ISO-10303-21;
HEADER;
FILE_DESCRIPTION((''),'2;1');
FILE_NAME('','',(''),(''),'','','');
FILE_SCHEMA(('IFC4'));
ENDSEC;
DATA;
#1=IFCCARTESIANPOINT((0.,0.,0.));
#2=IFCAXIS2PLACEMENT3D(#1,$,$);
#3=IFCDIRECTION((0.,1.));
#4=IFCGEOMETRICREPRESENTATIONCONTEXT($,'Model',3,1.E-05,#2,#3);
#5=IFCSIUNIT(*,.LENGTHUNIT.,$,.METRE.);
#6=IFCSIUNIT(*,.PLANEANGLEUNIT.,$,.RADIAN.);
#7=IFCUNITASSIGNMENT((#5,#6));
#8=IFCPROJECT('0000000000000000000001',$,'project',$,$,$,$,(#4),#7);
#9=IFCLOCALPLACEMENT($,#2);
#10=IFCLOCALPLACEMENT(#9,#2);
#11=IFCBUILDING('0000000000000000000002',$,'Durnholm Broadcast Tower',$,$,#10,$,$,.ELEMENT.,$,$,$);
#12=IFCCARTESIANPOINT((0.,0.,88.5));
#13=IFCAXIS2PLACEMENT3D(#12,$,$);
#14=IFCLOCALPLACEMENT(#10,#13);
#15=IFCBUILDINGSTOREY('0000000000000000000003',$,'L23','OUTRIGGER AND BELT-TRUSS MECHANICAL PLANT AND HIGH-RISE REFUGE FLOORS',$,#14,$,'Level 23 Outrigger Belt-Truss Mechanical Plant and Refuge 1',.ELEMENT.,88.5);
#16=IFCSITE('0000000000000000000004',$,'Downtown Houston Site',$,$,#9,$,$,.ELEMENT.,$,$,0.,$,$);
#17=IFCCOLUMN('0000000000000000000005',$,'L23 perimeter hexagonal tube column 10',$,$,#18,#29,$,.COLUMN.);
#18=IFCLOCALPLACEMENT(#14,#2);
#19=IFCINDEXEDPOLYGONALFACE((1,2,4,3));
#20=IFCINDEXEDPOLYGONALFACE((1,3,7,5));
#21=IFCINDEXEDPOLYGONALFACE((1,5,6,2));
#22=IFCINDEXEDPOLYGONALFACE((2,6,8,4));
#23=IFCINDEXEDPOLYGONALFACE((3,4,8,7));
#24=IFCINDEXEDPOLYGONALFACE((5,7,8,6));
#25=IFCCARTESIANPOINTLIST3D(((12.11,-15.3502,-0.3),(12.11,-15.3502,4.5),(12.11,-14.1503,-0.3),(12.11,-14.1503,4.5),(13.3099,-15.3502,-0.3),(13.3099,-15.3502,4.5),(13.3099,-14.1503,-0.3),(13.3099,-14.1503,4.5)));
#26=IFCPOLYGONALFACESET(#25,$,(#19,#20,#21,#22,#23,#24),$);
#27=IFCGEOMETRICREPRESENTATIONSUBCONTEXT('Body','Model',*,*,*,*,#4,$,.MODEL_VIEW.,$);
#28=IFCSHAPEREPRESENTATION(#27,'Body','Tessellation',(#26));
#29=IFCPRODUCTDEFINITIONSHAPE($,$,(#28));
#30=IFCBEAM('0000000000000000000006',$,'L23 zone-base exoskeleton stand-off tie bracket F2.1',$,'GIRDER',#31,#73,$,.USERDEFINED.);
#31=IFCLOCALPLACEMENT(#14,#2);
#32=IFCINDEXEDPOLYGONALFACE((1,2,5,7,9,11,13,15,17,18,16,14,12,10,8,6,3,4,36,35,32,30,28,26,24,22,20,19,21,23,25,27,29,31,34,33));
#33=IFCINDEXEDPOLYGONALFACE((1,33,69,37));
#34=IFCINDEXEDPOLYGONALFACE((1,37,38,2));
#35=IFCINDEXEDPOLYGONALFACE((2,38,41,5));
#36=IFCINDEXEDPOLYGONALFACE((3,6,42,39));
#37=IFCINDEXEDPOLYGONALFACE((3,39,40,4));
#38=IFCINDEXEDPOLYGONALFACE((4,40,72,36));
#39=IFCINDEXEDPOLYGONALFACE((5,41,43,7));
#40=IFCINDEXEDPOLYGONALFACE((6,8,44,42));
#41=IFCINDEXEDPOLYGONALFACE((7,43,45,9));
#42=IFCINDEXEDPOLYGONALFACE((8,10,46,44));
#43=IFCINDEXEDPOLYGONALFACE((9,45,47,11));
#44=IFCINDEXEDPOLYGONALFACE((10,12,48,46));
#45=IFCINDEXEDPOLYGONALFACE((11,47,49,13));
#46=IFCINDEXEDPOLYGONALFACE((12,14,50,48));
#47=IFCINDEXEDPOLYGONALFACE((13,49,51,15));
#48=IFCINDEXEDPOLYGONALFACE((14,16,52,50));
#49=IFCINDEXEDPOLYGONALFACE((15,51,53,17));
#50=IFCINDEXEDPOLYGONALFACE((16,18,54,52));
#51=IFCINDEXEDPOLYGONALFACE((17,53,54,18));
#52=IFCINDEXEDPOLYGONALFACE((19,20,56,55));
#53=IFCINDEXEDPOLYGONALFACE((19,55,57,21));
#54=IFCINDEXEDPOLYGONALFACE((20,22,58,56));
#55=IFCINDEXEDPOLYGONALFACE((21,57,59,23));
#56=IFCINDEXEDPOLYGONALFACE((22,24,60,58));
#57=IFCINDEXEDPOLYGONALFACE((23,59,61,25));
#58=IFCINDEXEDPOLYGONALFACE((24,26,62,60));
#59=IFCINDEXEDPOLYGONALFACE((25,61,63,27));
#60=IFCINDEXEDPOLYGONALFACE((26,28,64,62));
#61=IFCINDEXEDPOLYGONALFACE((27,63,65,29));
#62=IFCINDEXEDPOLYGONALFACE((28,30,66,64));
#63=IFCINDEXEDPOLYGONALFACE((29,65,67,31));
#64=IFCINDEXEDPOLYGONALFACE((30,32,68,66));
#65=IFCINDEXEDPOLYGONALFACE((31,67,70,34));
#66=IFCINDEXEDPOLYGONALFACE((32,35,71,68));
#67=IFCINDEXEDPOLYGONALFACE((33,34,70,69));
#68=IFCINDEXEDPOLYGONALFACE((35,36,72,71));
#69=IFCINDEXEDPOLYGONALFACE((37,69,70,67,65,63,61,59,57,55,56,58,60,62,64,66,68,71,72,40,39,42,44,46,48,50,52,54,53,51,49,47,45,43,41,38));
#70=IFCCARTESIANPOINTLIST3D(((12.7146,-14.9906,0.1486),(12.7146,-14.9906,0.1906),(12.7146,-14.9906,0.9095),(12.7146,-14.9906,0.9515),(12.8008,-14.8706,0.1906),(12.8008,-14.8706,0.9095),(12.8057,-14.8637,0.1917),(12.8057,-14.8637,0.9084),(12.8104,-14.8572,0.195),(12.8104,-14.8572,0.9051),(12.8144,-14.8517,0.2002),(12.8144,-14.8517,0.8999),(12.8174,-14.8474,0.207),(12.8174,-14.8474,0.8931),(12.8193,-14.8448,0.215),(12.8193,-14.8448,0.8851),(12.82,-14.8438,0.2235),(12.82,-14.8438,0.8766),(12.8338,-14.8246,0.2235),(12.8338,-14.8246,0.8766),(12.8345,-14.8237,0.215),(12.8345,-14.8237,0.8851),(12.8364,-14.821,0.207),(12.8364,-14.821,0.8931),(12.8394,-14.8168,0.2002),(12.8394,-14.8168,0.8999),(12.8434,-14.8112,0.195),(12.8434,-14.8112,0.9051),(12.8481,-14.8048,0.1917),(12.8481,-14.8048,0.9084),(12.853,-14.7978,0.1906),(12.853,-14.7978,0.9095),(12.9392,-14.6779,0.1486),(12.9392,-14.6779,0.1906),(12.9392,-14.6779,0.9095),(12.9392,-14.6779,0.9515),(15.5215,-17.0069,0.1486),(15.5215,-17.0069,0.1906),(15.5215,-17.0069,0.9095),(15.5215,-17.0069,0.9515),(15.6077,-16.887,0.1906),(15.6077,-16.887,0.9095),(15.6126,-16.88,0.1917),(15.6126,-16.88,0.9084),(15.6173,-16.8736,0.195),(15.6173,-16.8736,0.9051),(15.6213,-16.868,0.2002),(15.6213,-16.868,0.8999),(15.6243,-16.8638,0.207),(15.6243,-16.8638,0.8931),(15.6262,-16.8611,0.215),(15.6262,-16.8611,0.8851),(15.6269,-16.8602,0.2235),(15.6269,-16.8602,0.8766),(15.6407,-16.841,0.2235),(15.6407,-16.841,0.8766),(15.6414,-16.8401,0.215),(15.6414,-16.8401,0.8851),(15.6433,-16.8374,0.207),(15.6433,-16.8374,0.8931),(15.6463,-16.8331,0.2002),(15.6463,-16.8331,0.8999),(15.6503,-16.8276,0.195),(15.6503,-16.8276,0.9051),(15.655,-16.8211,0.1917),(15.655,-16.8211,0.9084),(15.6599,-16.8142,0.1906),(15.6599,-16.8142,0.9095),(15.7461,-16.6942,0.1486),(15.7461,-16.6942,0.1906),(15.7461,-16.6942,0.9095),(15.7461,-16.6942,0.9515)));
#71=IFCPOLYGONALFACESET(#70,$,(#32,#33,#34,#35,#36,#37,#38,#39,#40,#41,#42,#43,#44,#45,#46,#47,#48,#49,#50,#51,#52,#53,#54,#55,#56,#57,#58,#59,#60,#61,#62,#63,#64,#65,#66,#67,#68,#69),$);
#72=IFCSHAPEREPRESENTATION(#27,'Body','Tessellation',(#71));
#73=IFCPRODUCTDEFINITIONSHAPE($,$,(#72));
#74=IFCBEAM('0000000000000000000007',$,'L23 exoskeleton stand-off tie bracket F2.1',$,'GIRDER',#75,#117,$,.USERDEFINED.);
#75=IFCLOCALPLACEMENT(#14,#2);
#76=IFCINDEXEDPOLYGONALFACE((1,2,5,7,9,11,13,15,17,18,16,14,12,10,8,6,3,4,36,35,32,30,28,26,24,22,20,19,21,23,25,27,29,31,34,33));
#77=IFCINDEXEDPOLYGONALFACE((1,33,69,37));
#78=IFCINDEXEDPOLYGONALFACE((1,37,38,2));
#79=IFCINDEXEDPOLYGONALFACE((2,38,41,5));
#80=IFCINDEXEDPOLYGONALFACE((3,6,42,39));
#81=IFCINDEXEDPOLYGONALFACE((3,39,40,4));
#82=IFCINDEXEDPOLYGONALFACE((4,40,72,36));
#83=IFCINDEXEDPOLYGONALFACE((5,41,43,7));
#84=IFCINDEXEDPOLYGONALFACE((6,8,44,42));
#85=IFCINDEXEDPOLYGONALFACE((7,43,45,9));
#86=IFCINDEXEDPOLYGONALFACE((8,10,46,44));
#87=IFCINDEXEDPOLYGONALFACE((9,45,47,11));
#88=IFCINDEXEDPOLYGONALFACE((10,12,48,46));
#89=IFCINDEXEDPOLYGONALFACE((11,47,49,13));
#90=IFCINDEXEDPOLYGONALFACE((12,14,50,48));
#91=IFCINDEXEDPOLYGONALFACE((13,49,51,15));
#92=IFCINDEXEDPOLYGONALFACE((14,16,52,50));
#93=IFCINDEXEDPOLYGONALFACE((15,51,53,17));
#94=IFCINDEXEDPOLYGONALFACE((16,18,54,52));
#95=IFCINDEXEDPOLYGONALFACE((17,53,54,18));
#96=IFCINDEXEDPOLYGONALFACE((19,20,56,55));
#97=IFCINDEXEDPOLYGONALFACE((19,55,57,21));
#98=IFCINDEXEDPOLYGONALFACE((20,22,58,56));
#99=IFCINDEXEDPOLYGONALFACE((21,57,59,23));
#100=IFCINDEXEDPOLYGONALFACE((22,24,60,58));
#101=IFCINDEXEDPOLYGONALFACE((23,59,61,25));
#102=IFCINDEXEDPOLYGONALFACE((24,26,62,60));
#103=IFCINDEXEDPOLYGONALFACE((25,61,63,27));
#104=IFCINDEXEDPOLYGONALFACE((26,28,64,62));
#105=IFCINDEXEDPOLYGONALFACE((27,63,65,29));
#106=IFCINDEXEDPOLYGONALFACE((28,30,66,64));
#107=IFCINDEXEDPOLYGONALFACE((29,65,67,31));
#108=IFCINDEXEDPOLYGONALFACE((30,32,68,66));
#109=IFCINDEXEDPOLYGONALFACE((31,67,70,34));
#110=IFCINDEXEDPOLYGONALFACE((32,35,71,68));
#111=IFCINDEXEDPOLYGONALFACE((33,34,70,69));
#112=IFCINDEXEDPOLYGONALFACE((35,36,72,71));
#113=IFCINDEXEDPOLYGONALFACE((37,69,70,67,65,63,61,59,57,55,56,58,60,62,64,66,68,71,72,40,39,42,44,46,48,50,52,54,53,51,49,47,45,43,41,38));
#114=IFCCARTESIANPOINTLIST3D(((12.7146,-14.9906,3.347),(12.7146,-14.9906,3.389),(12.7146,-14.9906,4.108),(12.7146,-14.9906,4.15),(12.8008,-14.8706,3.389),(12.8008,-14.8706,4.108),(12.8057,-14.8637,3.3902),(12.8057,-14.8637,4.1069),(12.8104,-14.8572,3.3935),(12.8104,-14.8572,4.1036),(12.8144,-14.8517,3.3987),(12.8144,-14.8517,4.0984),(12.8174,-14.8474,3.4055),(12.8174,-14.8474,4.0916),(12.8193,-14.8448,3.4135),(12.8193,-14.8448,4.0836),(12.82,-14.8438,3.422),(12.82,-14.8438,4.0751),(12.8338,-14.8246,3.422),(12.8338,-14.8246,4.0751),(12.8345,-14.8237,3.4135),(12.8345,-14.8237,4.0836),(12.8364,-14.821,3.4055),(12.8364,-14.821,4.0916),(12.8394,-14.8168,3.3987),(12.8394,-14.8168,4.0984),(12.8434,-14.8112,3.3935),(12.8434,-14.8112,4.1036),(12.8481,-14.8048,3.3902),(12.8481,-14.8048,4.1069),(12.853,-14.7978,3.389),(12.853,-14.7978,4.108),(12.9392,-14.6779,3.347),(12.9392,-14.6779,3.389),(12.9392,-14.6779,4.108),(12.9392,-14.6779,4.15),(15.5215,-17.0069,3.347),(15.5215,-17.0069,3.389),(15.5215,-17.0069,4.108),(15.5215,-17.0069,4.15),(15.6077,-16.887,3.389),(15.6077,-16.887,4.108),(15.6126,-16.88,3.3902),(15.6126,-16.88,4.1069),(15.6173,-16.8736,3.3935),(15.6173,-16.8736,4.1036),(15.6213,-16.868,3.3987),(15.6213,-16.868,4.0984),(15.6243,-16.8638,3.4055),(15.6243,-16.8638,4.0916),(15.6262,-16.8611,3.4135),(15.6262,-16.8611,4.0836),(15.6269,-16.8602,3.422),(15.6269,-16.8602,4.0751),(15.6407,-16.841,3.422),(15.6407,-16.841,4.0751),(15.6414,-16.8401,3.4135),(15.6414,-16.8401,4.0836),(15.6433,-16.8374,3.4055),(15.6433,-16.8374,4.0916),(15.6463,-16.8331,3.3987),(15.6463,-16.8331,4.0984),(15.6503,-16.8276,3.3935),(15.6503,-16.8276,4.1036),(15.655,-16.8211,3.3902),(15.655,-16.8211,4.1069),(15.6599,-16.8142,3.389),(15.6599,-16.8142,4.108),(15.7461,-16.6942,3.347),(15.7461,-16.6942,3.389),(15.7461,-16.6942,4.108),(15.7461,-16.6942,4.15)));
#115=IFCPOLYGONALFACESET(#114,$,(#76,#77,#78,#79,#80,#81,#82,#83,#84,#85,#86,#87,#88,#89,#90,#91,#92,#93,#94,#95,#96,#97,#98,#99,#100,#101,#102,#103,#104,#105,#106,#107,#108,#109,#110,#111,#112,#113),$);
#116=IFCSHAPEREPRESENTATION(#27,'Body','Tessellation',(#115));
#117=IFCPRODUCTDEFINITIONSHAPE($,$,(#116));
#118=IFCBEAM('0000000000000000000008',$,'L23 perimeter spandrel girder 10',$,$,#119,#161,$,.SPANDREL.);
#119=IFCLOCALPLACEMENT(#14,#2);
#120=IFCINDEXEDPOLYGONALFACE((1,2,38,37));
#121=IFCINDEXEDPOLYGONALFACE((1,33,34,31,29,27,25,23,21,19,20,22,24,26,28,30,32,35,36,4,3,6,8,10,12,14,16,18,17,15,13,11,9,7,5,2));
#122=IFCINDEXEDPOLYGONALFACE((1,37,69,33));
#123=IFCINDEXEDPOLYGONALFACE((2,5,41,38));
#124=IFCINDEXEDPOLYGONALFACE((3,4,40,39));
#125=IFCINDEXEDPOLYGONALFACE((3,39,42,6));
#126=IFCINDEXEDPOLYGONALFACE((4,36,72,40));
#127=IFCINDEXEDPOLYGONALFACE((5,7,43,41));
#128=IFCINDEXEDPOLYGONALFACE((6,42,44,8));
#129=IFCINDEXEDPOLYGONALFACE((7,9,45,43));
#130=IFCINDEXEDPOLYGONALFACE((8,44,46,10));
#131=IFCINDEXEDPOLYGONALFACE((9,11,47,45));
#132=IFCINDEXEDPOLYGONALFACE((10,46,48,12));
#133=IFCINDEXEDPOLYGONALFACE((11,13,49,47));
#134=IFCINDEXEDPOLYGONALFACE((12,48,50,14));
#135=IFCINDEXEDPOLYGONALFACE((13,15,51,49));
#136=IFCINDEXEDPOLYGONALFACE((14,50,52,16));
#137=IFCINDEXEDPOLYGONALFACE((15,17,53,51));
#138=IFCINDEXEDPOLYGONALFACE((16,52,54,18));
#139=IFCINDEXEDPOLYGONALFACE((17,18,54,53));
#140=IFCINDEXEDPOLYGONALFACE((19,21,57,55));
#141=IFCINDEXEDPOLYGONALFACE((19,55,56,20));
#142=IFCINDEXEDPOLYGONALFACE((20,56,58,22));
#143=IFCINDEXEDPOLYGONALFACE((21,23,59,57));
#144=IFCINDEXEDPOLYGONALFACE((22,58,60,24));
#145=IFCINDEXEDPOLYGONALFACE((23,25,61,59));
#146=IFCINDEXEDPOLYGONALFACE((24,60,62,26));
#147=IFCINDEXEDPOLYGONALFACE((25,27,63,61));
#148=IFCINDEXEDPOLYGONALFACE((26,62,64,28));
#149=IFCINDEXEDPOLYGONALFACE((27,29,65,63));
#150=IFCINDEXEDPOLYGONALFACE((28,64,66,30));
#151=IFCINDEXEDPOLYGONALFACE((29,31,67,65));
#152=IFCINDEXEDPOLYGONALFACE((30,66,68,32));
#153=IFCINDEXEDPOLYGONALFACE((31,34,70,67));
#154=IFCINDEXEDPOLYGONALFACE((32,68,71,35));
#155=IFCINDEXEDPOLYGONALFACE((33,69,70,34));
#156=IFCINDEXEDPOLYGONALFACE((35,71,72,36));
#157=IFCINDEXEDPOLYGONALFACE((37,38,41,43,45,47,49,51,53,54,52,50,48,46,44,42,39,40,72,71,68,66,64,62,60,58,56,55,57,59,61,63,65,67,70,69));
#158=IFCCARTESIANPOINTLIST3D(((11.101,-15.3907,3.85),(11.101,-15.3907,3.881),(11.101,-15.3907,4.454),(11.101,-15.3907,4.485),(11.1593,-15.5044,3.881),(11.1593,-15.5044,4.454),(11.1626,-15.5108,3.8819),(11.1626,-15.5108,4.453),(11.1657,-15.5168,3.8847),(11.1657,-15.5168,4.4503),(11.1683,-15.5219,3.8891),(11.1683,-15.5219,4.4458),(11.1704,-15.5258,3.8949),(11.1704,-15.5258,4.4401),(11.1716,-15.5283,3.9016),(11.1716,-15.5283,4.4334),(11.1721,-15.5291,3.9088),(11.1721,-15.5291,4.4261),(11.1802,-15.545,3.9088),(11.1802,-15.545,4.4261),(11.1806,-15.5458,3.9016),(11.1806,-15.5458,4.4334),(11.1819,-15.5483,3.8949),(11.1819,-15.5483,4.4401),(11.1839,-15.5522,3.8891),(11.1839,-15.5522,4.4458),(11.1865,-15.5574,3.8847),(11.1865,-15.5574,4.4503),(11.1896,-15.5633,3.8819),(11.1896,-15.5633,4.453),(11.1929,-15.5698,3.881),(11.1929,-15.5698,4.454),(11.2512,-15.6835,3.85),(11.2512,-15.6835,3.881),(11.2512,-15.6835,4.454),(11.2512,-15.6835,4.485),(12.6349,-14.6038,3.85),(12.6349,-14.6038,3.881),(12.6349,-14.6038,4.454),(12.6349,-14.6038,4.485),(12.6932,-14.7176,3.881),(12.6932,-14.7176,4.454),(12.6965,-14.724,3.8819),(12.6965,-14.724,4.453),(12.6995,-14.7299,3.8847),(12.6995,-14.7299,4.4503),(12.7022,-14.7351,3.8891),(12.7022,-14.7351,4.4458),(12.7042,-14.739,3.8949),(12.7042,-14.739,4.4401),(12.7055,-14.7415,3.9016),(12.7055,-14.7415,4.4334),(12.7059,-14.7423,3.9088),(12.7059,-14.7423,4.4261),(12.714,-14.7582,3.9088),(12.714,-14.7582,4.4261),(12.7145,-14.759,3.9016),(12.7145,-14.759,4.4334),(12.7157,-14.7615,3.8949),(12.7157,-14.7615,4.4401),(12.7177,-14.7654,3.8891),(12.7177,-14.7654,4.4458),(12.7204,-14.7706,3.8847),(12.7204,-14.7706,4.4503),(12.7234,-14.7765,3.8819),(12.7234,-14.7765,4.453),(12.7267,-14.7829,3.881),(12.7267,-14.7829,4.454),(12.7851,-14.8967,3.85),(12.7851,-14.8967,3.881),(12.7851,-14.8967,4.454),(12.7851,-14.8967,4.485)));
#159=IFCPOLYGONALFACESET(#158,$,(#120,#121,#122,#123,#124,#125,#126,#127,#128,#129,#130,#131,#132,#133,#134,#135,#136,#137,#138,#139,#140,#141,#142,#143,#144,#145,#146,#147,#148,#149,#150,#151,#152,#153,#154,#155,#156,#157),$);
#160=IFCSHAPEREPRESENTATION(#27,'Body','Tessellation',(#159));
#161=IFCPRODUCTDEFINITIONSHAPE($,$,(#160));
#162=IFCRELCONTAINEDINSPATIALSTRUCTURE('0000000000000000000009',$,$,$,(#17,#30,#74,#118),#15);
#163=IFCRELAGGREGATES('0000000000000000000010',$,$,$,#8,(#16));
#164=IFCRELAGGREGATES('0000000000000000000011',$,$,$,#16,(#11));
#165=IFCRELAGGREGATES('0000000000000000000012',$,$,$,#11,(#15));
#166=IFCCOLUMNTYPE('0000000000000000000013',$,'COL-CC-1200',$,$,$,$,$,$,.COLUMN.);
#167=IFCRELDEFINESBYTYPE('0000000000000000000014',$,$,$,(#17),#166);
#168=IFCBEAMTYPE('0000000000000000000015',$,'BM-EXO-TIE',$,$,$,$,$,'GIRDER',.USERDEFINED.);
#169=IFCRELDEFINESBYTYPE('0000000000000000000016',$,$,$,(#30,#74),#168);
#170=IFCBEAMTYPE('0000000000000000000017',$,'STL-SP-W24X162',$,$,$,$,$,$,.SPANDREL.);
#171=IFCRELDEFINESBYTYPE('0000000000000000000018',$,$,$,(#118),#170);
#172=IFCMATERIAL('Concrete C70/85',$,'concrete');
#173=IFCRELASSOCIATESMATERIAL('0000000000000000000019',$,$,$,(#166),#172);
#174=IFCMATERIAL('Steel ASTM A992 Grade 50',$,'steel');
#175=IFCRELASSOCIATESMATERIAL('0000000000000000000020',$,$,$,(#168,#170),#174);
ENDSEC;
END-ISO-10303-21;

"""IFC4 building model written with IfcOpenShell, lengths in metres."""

from ifc_helpers import new_model, si_unit, direction, frame, origin, origin_2d, place, context, subcontext, project, spatial, rectangle, i_section, extrude, source, transform, mapped, material, material_profile, profile_set, type_object, type_shapes, element, save


model = new_model("IFC4")

# Units and contexts
model_context = context("Model", 3, precision=1e-05, world=origin(), true_north=direction((0.0, 1.0)))
body_context = subcontext(model_context, "Body", "Model", "MODEL_VIEW")
ifc_project = project(units=[si_unit("LENGTHUNIT", "METRE"), si_unit("PLANEANGLEUNIT", "RADIAN")], contexts=[model_context])

# Site, building, storey
site_placement = place(None, origin())
site = spatial("IfcSite", under=ifc_project, at=site_placement, Name="Downtown Houston Site", CompositionType="ELEMENT", RefElevation=0.0)
building_placement = place(site_placement, origin())
building = spatial("IfcBuilding", under=site, at=building_placement, Name="Durnholm Broadcast Tower", CompositionType="ELEMENT")
storey_placement = place(building_placement, frame((0.0, 0.0, 88.5)))
storey = spatial("IfcBuildingStorey", under=building, at=storey_placement, Name="L23", Description="OUTRIGGER AND BELT-TRUSS MECHANICAL PLANT AND HIGH-RISE REFUGE FLOORS", LongName="Level 23 Outrigger Belt-Truss Mechanical Plant and Refuge 1", CompositionType="ELEMENT", Elevation=88.5)

# Column
ifc_material_1 = material(Name="Concrete C70/85", Category="concrete")
ifc_material_profile_1 = material_profile(ifc_material_1, rectangle(XDim=1.2, YDim=1.2, at=origin_2d()), Name="RC1200X1200")
ifc_profile_set_1 = profile_set([ifc_material_profile_1], Name="Concrete C70/85")
column_type = type_object("IfcColumnType", Name="COL-CC-1200", PredefinedType="COLUMN", material=ifc_profile_set_1)
shared_shape_1 = source(origin(), body_context, "Body", "SweptSolid", [
    extrude(rectangle(XDim=1.2, YDim=1.2, at=origin_2d()), origin(), (0.0, 0.0, 1.0), 4.8),
])
type_shapes(column_type, [shared_shape_1])
column_placement = place(storey_placement, frame((12.71, -14.7502, -0.3), z_axis=(0.0, 0.0, 1.0), x_axis=(1.0, 0.0, 0.0)))
element("IfcColumn", 1, at=column_placement, inside=storey, type_object=column_type, Name="L23 perimeter hexagonal tube column 10", PredefinedType="COLUMN", context=body_context, shape_type="MappedRepresentation", body=[
    mapped(shared_shape_1, transform((0.0, 0.0, 0.0), x_axis=(1.0, 0.0, 0.0), y_axis=(0.0, 1.0, 0.0), z_axis=(0.0, 0.0, 1.0), scale=1.0)),
])

# Beams
ifc_material_2 = material(Name="Steel ASTM A992 Grade 50", Category="steel")
ifc_material_profile_2 = material_profile(ifc_material_2, i_section(OverallWidth=0.385, OverallDepth=0.803, WebThickness=0.0237, FlangeThickness=0.042, FilletRadius=0.033, at=origin_2d()), Name="W30X261")
ifc_profile_set_2 = profile_set([ifc_material_profile_2], Name="Steel ASTM A992 Grade 50")
beam_type_1 = type_object("IfcBeamType", Name="BM-EXO-TIE", ElementType="GIRDER", PredefinedType="USERDEFINED", material=ifc_profile_set_2)
shared_shape_2 = source(origin(), body_context, "Body", "SweptSolid", [
    extrude(i_section(OverallWidth=0.385, OverallDepth=0.803, WebThickness=0.0237, FlangeThickness=0.042, FilletRadius=0.033, at=origin_2d()), origin(), (0.0, 0.0, 1.0), 3.4561),
])
for number, where, z_axis, x_axis, name in (
    (2, (12.8269, -14.8342, 0.55), (0.812165, -0.583428, 0.0), (0.583428, 0.812165, 0.0), "L23 zone-base exoskeleton stand-off tie bracket F2.1"),
    (3, (12.8269, -14.8342, 3.7485), (0.812165, -0.583428, 0.0), (0.583428, 0.812165, 0.0), "L23 exoskeleton stand-off tie bracket F2.1"),
):
    element("IfcBeam", number, at=place(storey_placement, frame(where, z_axis=z_axis, x_axis=x_axis)), inside=storey, type_object=beam_type_1, Name=name, ObjectType="GIRDER", PredefinedType="USERDEFINED", context=body_context, shape_type="MappedRepresentation", body=[
        mapped(shared_shape_2, transform((0.0, 0.0, 0.0), x_axis=(1.0, 0.0, 0.0), y_axis=(0.0, 1.0, 0.0), z_axis=(0.0, 0.0, 1.0), scale=1.0)),
    ])
ifc_material_profile_3 = material_profile(ifc_material_2, i_section(OverallWidth=0.3291, OverallDepth=0.635, WebThickness=0.0178, FlangeThickness=0.031, FilletRadius=0.0278, at=origin_2d()), Name="W24X162")
ifc_profile_set_3 = profile_set([ifc_material_profile_3], Name="Steel ASTM A992 Grade 50")
beam_type_2 = type_object("IfcBeamType", Name="STL-SP-W24X162", PredefinedType="SPANDREL", material=ifc_profile_set_3)
shared_shape_3 = source(origin(), body_context, "Body", "SweptSolid", [
    extrude(i_section(OverallWidth=0.3291, OverallDepth=0.635, WebThickness=0.0178, FlangeThickness=0.031, FilletRadius=0.0278, at=origin_2d()), origin(), (0.0, 0.0, 1.0), 1.7239),
])
type_shapes(beam_type_2, [shared_shape_3])
beam_placement = place(storey_placement, frame((12.71, -14.7502, 4.1675), z_axis=(-0.889763, -0.456423, 0.0), x_axis=(0.456423, -0.889763, 0.0)))
element("IfcBeam", 4, at=beam_placement, inside=storey, type_object=beam_type_2, Name="L23 perimeter spandrel girder 10", PredefinedType="SPANDREL", context=body_context, shape_type="MappedRepresentation", body=[
    mapped(shared_shape_3, transform((0.0, 0.0, 0.0), x_axis=(1.0, 0.0, 0.0), y_axis=(0.0, 1.0, 0.0), z_axis=(0.0, 0.0, 1.0), scale=1.0)),
])

save(model, "model.ifc")
